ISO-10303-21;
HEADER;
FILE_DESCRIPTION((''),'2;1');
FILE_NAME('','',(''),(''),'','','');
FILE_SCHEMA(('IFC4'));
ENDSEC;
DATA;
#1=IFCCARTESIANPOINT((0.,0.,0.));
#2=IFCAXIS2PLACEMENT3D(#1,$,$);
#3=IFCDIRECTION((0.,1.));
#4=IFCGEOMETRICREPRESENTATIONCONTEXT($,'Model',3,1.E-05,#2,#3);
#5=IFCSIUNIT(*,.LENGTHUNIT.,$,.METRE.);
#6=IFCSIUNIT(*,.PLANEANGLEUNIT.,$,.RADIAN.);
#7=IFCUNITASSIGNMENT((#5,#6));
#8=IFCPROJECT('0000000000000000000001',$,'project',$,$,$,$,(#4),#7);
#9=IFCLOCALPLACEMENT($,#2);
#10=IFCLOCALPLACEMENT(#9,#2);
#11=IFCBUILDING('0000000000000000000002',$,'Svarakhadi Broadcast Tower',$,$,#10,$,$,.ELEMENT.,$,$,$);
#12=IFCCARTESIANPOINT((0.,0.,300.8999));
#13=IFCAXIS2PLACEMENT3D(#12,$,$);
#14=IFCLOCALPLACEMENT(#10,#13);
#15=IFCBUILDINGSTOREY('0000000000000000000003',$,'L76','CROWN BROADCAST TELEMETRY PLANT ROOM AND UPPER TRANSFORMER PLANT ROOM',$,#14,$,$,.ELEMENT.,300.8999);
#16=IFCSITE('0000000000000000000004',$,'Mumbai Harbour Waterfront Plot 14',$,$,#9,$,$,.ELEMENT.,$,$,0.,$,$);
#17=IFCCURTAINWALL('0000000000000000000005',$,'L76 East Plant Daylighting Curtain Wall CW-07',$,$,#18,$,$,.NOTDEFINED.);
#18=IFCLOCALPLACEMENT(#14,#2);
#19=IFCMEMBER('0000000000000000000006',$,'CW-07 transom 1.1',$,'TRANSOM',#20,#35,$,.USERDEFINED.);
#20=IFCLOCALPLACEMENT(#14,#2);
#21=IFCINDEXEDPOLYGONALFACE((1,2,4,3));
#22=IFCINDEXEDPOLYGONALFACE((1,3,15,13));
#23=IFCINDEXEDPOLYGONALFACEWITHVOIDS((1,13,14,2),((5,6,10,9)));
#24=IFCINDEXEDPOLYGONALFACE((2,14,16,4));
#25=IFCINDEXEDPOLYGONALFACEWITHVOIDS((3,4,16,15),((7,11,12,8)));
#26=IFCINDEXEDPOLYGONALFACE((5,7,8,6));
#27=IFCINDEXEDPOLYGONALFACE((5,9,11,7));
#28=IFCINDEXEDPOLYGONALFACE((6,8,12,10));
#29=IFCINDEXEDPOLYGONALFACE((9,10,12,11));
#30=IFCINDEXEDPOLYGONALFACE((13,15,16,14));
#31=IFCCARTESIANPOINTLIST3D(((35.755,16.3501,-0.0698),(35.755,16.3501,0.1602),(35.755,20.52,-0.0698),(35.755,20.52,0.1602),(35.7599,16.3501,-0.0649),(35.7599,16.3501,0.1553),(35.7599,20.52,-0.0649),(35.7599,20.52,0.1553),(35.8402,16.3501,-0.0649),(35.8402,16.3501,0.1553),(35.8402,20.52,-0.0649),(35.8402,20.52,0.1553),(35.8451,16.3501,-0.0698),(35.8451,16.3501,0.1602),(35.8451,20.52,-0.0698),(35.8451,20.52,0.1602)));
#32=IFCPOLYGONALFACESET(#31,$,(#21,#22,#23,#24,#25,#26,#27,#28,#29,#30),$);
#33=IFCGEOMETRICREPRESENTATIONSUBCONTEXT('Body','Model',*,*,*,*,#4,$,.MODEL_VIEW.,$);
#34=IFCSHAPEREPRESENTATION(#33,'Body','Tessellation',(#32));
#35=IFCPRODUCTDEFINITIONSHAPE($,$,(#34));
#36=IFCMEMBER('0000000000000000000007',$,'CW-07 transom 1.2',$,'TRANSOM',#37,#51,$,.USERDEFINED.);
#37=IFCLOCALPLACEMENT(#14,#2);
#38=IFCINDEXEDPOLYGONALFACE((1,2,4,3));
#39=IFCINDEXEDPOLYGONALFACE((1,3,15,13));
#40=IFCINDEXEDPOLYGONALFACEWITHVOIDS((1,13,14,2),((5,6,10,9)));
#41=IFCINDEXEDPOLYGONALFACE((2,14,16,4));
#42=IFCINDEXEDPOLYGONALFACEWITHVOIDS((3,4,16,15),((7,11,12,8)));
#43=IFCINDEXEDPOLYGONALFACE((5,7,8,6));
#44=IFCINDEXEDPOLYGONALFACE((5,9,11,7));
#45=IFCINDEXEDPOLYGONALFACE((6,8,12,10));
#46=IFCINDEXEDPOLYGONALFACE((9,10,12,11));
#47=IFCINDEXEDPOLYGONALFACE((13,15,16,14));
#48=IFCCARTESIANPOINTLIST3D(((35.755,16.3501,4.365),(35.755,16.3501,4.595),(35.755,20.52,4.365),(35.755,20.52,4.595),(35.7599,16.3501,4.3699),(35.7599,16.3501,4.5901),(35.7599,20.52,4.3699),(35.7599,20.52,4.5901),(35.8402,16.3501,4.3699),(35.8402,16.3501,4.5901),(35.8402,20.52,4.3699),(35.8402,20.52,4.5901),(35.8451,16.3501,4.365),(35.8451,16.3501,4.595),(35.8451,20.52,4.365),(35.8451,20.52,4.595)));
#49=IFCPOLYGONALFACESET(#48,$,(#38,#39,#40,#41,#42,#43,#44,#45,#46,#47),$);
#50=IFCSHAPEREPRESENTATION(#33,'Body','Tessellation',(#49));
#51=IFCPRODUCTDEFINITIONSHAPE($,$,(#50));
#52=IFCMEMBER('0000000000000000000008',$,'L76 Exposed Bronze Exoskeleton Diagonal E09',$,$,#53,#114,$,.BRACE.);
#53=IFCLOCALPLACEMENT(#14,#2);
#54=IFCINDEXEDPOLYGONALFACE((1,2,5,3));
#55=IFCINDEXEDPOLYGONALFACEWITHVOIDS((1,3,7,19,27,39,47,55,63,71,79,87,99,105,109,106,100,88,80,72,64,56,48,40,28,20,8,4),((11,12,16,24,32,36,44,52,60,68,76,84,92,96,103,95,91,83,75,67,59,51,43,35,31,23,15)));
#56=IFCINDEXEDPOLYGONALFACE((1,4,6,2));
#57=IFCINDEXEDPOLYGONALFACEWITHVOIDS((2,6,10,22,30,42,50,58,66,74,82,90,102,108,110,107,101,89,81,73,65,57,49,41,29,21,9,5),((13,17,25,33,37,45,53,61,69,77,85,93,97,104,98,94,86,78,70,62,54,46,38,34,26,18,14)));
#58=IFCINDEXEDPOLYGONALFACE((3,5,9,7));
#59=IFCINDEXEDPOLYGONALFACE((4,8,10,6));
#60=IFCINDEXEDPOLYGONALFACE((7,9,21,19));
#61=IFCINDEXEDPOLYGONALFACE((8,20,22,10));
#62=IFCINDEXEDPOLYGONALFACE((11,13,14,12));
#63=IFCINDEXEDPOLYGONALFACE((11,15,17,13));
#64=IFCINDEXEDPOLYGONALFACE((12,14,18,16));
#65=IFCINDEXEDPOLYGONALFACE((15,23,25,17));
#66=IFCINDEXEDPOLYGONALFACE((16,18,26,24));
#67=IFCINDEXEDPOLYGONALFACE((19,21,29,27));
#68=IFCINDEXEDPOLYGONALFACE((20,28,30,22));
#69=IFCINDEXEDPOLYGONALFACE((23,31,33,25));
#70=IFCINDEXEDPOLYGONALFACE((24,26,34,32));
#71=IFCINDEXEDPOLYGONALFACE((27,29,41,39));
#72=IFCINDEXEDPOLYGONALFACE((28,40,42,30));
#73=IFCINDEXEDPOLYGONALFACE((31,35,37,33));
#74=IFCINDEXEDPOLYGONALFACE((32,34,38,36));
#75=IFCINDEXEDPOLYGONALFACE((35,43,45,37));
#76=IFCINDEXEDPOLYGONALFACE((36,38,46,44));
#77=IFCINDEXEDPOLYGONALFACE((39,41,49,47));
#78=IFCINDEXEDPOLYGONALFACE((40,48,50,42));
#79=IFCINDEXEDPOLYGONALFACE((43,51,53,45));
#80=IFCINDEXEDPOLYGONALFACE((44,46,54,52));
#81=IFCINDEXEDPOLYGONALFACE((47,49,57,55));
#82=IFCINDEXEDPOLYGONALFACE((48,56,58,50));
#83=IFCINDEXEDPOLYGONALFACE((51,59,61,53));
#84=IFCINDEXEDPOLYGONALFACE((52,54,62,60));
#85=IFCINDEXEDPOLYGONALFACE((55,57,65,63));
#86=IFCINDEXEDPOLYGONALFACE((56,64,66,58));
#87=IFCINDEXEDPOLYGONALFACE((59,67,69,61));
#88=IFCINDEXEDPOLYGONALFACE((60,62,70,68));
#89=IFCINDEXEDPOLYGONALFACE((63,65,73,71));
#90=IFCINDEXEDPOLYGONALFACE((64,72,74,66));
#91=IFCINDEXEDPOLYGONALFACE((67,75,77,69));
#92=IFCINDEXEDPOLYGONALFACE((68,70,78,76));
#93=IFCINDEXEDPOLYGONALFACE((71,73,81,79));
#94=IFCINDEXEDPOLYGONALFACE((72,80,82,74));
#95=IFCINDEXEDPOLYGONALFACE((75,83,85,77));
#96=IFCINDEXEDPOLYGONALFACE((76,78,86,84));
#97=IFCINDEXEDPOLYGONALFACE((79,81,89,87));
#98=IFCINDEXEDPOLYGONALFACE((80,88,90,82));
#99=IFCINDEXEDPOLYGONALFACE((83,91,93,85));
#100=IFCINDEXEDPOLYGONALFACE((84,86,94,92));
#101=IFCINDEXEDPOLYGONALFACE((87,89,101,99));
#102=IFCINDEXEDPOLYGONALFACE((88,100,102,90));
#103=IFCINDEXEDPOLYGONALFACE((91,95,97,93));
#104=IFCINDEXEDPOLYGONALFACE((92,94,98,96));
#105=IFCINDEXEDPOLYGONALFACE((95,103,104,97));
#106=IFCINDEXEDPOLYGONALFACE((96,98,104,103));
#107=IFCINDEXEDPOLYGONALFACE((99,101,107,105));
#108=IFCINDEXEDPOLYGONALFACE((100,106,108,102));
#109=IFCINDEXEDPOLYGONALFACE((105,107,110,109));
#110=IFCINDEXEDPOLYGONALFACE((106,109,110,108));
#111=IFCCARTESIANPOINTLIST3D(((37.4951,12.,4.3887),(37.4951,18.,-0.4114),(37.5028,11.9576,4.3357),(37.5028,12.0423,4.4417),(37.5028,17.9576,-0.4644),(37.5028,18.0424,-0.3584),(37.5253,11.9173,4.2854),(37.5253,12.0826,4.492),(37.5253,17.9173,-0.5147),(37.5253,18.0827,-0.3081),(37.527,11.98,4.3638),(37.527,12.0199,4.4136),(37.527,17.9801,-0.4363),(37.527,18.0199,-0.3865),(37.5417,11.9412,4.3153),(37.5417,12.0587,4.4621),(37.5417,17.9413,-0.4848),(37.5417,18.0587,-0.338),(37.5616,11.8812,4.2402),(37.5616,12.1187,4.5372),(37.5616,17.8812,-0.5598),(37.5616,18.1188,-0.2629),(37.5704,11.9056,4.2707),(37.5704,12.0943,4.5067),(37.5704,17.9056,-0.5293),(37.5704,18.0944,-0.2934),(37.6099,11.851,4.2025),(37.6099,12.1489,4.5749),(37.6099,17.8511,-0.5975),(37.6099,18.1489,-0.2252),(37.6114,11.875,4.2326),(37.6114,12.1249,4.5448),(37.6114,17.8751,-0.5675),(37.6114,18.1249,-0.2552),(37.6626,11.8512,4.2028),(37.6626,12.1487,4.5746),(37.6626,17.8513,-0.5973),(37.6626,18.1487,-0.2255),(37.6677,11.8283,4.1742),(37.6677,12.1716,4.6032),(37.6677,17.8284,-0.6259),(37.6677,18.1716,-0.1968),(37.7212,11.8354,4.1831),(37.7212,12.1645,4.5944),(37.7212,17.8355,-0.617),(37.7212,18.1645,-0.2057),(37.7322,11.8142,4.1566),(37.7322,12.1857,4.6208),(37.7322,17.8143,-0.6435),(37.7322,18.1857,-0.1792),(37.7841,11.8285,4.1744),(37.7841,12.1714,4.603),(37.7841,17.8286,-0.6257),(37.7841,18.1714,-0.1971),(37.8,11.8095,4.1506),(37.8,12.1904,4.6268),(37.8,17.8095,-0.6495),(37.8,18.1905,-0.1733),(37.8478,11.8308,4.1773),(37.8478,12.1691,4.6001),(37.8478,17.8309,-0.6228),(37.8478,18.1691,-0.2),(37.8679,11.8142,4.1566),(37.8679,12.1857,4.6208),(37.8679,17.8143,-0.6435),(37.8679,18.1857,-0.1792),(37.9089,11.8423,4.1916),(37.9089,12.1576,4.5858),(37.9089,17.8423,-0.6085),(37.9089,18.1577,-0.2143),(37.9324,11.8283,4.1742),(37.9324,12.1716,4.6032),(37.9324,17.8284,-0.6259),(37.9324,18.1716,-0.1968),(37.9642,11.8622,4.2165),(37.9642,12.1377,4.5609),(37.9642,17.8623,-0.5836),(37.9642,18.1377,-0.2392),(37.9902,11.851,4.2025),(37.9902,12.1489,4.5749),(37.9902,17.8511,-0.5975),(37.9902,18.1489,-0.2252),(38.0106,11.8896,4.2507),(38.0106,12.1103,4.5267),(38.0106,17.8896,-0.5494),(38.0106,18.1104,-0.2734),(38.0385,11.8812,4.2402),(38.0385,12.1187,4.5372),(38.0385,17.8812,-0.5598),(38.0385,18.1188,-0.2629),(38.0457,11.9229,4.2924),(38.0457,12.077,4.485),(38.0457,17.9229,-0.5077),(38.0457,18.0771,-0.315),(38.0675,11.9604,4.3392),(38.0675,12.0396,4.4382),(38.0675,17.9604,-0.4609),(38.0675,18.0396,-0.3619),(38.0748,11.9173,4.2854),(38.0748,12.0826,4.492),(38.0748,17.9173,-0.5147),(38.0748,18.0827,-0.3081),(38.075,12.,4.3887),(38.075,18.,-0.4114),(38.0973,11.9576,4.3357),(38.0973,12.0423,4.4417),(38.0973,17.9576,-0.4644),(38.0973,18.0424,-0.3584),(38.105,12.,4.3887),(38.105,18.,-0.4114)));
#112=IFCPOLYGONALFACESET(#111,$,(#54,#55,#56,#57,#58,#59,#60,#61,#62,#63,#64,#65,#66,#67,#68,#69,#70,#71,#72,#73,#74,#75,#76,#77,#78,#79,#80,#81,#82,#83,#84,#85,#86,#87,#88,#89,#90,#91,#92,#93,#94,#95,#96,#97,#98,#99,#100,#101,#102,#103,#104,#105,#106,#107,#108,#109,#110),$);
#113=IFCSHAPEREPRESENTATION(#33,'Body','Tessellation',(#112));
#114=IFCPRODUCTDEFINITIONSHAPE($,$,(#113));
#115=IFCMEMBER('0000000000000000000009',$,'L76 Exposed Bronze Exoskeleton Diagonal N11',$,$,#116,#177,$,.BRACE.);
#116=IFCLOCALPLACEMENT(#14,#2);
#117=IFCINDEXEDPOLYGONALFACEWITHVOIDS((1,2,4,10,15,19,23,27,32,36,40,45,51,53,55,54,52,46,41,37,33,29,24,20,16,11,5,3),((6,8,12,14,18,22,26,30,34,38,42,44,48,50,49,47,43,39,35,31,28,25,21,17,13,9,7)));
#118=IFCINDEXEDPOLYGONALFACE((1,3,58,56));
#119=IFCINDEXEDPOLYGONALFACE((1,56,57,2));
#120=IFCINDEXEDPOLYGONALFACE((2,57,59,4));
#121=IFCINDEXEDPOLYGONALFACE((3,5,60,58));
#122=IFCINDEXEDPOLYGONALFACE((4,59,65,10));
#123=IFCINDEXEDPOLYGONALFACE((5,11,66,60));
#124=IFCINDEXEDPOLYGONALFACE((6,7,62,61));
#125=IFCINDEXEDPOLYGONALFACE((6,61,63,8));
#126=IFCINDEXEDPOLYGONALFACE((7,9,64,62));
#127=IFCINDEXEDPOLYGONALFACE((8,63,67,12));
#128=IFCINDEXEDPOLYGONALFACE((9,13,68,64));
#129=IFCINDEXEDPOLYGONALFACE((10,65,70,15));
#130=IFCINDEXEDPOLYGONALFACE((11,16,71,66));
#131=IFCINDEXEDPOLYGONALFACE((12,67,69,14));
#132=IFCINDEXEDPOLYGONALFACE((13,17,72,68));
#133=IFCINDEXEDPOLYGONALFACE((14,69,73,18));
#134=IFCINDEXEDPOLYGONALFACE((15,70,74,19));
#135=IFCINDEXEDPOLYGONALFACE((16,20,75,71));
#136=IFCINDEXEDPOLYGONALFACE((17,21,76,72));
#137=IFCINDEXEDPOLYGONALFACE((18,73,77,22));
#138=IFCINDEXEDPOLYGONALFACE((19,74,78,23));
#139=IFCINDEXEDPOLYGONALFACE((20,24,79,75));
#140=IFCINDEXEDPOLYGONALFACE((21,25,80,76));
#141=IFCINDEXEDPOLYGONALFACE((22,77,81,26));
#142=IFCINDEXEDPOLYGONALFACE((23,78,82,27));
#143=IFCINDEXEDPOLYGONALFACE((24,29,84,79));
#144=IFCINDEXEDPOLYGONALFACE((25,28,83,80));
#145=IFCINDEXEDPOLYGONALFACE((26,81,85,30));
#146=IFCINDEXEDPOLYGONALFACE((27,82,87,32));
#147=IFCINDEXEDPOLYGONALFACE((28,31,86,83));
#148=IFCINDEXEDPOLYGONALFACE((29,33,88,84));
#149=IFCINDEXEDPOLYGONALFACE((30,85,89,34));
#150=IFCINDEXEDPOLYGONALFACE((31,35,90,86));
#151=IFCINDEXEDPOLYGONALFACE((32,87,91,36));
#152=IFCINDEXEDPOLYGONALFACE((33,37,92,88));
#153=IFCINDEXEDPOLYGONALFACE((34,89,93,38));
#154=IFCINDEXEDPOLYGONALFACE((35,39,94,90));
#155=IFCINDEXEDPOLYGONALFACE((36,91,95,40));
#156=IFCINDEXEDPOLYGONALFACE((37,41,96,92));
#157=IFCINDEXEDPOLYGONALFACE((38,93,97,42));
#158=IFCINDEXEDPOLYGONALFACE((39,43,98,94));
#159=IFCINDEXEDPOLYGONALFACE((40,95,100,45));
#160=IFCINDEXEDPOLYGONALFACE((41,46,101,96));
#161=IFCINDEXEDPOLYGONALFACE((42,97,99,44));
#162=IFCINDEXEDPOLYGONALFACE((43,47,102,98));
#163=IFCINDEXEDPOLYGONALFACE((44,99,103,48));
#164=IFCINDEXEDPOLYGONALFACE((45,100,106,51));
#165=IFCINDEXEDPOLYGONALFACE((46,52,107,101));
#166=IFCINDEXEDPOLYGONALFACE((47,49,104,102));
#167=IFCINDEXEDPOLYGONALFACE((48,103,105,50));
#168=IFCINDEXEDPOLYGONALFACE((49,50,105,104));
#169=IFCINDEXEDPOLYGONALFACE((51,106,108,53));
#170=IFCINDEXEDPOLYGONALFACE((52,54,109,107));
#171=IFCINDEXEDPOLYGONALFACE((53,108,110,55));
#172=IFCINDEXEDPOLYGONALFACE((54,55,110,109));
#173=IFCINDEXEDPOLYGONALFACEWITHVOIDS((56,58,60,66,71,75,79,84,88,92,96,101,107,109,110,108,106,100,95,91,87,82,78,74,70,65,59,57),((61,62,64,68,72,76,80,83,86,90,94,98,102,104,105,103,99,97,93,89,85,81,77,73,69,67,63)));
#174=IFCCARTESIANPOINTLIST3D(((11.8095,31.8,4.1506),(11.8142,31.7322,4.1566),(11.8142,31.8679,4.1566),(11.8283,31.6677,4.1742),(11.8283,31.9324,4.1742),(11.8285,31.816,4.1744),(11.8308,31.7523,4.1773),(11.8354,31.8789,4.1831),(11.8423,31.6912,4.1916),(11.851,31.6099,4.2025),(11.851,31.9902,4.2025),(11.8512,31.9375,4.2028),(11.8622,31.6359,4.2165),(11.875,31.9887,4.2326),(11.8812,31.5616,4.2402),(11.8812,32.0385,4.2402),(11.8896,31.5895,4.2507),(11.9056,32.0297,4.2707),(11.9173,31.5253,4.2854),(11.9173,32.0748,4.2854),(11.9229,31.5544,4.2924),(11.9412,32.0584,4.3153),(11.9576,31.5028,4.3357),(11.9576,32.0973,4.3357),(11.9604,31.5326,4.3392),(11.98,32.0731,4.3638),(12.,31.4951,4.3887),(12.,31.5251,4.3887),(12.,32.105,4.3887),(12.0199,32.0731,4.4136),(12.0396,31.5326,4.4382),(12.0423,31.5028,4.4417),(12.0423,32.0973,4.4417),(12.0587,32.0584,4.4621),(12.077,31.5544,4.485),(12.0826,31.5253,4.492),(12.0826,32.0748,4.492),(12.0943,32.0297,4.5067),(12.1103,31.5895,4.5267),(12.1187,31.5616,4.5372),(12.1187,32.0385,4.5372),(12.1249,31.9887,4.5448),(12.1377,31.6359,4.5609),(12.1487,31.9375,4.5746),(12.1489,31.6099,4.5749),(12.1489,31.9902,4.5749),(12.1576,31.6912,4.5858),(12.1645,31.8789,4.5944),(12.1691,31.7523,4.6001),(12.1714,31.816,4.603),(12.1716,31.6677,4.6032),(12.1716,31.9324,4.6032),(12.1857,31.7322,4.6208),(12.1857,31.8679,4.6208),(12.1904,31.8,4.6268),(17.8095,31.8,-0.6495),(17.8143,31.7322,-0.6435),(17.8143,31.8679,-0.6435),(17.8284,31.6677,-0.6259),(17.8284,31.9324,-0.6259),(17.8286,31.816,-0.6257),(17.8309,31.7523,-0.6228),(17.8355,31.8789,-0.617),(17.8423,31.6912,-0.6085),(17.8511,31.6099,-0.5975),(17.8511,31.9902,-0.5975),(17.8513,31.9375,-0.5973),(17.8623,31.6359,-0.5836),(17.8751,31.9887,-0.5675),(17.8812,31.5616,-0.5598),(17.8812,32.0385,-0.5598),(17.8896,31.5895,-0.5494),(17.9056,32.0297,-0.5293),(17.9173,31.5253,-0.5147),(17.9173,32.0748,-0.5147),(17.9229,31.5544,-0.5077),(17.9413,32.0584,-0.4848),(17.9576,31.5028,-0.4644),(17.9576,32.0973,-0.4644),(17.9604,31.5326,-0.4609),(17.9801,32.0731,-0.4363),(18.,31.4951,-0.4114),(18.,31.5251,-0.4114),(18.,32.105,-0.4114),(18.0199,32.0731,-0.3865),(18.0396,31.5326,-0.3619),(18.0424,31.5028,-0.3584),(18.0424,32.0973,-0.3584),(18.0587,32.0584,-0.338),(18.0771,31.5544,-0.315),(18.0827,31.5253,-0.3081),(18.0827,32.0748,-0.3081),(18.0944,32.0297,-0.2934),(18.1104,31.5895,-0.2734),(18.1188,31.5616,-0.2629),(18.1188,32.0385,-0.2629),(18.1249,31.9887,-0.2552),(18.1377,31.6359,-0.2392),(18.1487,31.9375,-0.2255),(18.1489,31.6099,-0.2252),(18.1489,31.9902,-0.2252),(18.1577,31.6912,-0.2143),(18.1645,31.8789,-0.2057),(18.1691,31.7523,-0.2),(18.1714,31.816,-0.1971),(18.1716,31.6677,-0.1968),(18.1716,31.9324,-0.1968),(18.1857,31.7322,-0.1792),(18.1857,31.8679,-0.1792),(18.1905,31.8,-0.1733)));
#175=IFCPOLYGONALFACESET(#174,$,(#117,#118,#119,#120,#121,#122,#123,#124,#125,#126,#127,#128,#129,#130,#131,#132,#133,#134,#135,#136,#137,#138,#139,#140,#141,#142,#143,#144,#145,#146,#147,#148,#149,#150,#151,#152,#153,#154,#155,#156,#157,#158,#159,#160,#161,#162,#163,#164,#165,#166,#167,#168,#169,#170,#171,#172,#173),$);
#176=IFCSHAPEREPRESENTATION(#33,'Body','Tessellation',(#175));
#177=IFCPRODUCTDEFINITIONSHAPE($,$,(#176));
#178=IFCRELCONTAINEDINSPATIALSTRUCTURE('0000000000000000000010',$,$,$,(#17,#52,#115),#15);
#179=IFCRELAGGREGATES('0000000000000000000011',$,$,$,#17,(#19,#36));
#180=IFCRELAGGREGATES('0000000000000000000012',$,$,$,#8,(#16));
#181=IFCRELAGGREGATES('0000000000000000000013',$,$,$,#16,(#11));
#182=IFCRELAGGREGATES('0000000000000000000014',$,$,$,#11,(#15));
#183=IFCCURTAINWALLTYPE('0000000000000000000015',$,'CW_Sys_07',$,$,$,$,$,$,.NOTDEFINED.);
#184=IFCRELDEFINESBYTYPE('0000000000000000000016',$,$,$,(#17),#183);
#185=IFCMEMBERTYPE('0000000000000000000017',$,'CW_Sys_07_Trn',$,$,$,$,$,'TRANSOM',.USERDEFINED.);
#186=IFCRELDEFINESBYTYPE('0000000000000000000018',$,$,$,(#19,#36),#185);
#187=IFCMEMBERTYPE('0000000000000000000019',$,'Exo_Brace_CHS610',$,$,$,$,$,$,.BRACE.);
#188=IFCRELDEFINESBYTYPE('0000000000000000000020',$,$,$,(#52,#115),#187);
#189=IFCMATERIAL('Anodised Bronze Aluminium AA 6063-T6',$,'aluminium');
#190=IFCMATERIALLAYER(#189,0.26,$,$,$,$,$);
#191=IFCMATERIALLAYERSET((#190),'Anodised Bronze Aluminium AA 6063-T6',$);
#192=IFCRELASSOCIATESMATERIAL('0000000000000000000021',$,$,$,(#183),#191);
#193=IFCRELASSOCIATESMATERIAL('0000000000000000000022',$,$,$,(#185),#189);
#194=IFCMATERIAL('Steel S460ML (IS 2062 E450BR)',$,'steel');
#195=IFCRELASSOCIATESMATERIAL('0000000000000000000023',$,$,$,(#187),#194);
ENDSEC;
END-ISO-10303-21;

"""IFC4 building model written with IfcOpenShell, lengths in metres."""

from ifc_helpers import new_model, si_unit, direction, frame, origin, origin_2d, place, context, subcontext, project, spatial, hollow_rectangle, hollow_circle, extrude, material, layer, layer_set, material_profile, profile_set, type_object, element, aggregate, save


model = new_model("IFC4")

# Units and contexts
model_context = context("Model", 3, precision=1e-05, world=origin(), true_north=direction((0.0, 1.0)))
body_context = subcontext(model_context, "Body", "Model", "MODEL_VIEW")
ifc_project = project(units=[si_unit("LENGTHUNIT", "METRE"), si_unit("PLANEANGLEUNIT", "RADIAN")], contexts=[model_context])

# Site, building, storey
site_placement = place(None, origin())
site = spatial("IfcSite", under=ifc_project, at=site_placement, Name="Mumbai Harbour Waterfront Plot 14", CompositionType="ELEMENT", RefElevation=0.0)
building_placement = place(site_placement, origin())
building = spatial("IfcBuilding", under=site, at=building_placement, Name="Svarakhadi Broadcast Tower", CompositionType="ELEMENT")
storey_placement = place(building_placement, frame((0.0, 0.0, 300.8999)))
storey = spatial("IfcBuildingStorey", under=building, at=storey_placement, Name="L76", Description="CROWN BROADCAST TELEMETRY PLANT ROOM AND UPPER TRANSFORMER PLANT ROOM", CompositionType="ELEMENT", Elevation=300.8999)

# Shared definitions
ifc_material_1 = material(Name="Steel S460ML (IS 2062 E450BR)", Category="steel")

# Curtain wall, members
ifc_material_2 = material(Name="Anodised Bronze Aluminium AA 6063-T6", Category="aluminium")
ifc_layer_1 = layer(ifc_material_2, 0.26)
ifc_layer_set_1 = layer_set([ifc_layer_1], Name="Anodised Bronze Aluminium AA 6063-T6")
curtain_wall_type = type_object("IfcCurtainWallType", Name="CW_Sys_07", PredefinedType="NOTDEFINED", material=ifc_layer_set_1)
curtain_wall_placement = place(storey_placement, origin())
curtain_wall = element("IfcCurtainWall", 1, at=curtain_wall_placement, inside=storey, type_object=curtain_wall_type, Name="L76 East Plant Daylighting Curtain Wall CW-07", PredefinedType="NOTDEFINED")
ifc_material_profile_1 = material_profile(ifc_material_2, hollow_rectangle(XDim=0.0901, YDim=0.23, WallThickness=0.0049, at=origin_2d()), Name="ALU TRANSOM 230x90x5")
ifc_profile_set_1 = profile_set([ifc_material_profile_1], Name="Anodised Bronze Aluminium AA 6063-T6")
member_type_1 = type_object("IfcMemberType", Name="CW_Sys_07_Trn", ElementType="TRANSOM", PredefinedType="USERDEFINED", material=ifc_profile_set_1)
member_1_placement = place(storey_placement, frame((35.8, 20.52, 0.0452), z_axis=(0.0, -1.0, 0.0), x_axis=(1.0, 0.0, 0.0)))
member_1 = element("IfcMember", 2, at=member_1_placement, type_object=member_type_1, Name="CW-07 transom 1.1", ObjectType="TRANSOM", PredefinedType="USERDEFINED", context=body_context, shape_type="SweptSolid", body=[
    extrude(hollow_rectangle(XDim=0.0901, YDim=0.23, WallThickness=0.0049, at=origin_2d()), origin(), (0.0, 0.0, 1.0), 4.1699),
])
member_2_placement = place(storey_placement, frame((35.8, 20.52, 4.48), z_axis=(0.0, -1.0, 0.0), x_axis=(1.0, 0.0, 0.0)))
member_2 = element("IfcMember", 3, at=member_2_placement, type_object=member_type_1, Name="CW-07 transom 1.2", ObjectType="TRANSOM", PredefinedType="USERDEFINED", context=body_context, shape_type="SweptSolid", body=[
    extrude(hollow_rectangle(XDim=0.0901, YDim=0.23, WallThickness=0.0049, at=origin_2d()), origin(), (0.0, 0.0, 1.0), 4.1699),
])

# Members
ifc_material_profile_2 = material_profile(ifc_material_1, hollow_circle(Radius=0.3049, WallThickness=0.03, at=origin_2d()), Name="CHS 610x30")
ifc_profile_set_2 = profile_set([ifc_material_profile_2], Name="Steel S460ML (IS 2062 E450BR)")
member_type_2 = type_object("IfcMemberType", Name="Exo_Brace_CHS610", PredefinedType="BRACE", material=ifc_profile_set_2)
for number, where, z_axis, x_axis, name in (
    (4, (37.8, 18.0, -0.4114), (0.0, -0.780866, 0.624699), (1.0, 0.0, 0.0), "L76 Exposed Bronze Exoskeleton Diagonal E09"),
    (5, (18.0, 31.8, -0.4114), (-0.780866, 0.0, 0.624699), (0.0, -1.0, 0.0), "L76 Exposed Bronze Exoskeleton Diagonal N11"),
):
    element("IfcMember", number, at=place(storey_placement, frame(where, z_axis=z_axis, x_axis=x_axis)), inside=storey, type_object=member_type_2, Name=name, PredefinedType="BRACE", context=body_context, shape_type="SweptSolid", body=[
        extrude(hollow_circle(Radius=0.3049, WallThickness=0.03, at=origin_2d()), origin(), (0.0, 0.0, 1.0), 7.6838),
    ])

aggregate(curtain_wall, [member_1, member_2])

save(model, "model.ifc")
